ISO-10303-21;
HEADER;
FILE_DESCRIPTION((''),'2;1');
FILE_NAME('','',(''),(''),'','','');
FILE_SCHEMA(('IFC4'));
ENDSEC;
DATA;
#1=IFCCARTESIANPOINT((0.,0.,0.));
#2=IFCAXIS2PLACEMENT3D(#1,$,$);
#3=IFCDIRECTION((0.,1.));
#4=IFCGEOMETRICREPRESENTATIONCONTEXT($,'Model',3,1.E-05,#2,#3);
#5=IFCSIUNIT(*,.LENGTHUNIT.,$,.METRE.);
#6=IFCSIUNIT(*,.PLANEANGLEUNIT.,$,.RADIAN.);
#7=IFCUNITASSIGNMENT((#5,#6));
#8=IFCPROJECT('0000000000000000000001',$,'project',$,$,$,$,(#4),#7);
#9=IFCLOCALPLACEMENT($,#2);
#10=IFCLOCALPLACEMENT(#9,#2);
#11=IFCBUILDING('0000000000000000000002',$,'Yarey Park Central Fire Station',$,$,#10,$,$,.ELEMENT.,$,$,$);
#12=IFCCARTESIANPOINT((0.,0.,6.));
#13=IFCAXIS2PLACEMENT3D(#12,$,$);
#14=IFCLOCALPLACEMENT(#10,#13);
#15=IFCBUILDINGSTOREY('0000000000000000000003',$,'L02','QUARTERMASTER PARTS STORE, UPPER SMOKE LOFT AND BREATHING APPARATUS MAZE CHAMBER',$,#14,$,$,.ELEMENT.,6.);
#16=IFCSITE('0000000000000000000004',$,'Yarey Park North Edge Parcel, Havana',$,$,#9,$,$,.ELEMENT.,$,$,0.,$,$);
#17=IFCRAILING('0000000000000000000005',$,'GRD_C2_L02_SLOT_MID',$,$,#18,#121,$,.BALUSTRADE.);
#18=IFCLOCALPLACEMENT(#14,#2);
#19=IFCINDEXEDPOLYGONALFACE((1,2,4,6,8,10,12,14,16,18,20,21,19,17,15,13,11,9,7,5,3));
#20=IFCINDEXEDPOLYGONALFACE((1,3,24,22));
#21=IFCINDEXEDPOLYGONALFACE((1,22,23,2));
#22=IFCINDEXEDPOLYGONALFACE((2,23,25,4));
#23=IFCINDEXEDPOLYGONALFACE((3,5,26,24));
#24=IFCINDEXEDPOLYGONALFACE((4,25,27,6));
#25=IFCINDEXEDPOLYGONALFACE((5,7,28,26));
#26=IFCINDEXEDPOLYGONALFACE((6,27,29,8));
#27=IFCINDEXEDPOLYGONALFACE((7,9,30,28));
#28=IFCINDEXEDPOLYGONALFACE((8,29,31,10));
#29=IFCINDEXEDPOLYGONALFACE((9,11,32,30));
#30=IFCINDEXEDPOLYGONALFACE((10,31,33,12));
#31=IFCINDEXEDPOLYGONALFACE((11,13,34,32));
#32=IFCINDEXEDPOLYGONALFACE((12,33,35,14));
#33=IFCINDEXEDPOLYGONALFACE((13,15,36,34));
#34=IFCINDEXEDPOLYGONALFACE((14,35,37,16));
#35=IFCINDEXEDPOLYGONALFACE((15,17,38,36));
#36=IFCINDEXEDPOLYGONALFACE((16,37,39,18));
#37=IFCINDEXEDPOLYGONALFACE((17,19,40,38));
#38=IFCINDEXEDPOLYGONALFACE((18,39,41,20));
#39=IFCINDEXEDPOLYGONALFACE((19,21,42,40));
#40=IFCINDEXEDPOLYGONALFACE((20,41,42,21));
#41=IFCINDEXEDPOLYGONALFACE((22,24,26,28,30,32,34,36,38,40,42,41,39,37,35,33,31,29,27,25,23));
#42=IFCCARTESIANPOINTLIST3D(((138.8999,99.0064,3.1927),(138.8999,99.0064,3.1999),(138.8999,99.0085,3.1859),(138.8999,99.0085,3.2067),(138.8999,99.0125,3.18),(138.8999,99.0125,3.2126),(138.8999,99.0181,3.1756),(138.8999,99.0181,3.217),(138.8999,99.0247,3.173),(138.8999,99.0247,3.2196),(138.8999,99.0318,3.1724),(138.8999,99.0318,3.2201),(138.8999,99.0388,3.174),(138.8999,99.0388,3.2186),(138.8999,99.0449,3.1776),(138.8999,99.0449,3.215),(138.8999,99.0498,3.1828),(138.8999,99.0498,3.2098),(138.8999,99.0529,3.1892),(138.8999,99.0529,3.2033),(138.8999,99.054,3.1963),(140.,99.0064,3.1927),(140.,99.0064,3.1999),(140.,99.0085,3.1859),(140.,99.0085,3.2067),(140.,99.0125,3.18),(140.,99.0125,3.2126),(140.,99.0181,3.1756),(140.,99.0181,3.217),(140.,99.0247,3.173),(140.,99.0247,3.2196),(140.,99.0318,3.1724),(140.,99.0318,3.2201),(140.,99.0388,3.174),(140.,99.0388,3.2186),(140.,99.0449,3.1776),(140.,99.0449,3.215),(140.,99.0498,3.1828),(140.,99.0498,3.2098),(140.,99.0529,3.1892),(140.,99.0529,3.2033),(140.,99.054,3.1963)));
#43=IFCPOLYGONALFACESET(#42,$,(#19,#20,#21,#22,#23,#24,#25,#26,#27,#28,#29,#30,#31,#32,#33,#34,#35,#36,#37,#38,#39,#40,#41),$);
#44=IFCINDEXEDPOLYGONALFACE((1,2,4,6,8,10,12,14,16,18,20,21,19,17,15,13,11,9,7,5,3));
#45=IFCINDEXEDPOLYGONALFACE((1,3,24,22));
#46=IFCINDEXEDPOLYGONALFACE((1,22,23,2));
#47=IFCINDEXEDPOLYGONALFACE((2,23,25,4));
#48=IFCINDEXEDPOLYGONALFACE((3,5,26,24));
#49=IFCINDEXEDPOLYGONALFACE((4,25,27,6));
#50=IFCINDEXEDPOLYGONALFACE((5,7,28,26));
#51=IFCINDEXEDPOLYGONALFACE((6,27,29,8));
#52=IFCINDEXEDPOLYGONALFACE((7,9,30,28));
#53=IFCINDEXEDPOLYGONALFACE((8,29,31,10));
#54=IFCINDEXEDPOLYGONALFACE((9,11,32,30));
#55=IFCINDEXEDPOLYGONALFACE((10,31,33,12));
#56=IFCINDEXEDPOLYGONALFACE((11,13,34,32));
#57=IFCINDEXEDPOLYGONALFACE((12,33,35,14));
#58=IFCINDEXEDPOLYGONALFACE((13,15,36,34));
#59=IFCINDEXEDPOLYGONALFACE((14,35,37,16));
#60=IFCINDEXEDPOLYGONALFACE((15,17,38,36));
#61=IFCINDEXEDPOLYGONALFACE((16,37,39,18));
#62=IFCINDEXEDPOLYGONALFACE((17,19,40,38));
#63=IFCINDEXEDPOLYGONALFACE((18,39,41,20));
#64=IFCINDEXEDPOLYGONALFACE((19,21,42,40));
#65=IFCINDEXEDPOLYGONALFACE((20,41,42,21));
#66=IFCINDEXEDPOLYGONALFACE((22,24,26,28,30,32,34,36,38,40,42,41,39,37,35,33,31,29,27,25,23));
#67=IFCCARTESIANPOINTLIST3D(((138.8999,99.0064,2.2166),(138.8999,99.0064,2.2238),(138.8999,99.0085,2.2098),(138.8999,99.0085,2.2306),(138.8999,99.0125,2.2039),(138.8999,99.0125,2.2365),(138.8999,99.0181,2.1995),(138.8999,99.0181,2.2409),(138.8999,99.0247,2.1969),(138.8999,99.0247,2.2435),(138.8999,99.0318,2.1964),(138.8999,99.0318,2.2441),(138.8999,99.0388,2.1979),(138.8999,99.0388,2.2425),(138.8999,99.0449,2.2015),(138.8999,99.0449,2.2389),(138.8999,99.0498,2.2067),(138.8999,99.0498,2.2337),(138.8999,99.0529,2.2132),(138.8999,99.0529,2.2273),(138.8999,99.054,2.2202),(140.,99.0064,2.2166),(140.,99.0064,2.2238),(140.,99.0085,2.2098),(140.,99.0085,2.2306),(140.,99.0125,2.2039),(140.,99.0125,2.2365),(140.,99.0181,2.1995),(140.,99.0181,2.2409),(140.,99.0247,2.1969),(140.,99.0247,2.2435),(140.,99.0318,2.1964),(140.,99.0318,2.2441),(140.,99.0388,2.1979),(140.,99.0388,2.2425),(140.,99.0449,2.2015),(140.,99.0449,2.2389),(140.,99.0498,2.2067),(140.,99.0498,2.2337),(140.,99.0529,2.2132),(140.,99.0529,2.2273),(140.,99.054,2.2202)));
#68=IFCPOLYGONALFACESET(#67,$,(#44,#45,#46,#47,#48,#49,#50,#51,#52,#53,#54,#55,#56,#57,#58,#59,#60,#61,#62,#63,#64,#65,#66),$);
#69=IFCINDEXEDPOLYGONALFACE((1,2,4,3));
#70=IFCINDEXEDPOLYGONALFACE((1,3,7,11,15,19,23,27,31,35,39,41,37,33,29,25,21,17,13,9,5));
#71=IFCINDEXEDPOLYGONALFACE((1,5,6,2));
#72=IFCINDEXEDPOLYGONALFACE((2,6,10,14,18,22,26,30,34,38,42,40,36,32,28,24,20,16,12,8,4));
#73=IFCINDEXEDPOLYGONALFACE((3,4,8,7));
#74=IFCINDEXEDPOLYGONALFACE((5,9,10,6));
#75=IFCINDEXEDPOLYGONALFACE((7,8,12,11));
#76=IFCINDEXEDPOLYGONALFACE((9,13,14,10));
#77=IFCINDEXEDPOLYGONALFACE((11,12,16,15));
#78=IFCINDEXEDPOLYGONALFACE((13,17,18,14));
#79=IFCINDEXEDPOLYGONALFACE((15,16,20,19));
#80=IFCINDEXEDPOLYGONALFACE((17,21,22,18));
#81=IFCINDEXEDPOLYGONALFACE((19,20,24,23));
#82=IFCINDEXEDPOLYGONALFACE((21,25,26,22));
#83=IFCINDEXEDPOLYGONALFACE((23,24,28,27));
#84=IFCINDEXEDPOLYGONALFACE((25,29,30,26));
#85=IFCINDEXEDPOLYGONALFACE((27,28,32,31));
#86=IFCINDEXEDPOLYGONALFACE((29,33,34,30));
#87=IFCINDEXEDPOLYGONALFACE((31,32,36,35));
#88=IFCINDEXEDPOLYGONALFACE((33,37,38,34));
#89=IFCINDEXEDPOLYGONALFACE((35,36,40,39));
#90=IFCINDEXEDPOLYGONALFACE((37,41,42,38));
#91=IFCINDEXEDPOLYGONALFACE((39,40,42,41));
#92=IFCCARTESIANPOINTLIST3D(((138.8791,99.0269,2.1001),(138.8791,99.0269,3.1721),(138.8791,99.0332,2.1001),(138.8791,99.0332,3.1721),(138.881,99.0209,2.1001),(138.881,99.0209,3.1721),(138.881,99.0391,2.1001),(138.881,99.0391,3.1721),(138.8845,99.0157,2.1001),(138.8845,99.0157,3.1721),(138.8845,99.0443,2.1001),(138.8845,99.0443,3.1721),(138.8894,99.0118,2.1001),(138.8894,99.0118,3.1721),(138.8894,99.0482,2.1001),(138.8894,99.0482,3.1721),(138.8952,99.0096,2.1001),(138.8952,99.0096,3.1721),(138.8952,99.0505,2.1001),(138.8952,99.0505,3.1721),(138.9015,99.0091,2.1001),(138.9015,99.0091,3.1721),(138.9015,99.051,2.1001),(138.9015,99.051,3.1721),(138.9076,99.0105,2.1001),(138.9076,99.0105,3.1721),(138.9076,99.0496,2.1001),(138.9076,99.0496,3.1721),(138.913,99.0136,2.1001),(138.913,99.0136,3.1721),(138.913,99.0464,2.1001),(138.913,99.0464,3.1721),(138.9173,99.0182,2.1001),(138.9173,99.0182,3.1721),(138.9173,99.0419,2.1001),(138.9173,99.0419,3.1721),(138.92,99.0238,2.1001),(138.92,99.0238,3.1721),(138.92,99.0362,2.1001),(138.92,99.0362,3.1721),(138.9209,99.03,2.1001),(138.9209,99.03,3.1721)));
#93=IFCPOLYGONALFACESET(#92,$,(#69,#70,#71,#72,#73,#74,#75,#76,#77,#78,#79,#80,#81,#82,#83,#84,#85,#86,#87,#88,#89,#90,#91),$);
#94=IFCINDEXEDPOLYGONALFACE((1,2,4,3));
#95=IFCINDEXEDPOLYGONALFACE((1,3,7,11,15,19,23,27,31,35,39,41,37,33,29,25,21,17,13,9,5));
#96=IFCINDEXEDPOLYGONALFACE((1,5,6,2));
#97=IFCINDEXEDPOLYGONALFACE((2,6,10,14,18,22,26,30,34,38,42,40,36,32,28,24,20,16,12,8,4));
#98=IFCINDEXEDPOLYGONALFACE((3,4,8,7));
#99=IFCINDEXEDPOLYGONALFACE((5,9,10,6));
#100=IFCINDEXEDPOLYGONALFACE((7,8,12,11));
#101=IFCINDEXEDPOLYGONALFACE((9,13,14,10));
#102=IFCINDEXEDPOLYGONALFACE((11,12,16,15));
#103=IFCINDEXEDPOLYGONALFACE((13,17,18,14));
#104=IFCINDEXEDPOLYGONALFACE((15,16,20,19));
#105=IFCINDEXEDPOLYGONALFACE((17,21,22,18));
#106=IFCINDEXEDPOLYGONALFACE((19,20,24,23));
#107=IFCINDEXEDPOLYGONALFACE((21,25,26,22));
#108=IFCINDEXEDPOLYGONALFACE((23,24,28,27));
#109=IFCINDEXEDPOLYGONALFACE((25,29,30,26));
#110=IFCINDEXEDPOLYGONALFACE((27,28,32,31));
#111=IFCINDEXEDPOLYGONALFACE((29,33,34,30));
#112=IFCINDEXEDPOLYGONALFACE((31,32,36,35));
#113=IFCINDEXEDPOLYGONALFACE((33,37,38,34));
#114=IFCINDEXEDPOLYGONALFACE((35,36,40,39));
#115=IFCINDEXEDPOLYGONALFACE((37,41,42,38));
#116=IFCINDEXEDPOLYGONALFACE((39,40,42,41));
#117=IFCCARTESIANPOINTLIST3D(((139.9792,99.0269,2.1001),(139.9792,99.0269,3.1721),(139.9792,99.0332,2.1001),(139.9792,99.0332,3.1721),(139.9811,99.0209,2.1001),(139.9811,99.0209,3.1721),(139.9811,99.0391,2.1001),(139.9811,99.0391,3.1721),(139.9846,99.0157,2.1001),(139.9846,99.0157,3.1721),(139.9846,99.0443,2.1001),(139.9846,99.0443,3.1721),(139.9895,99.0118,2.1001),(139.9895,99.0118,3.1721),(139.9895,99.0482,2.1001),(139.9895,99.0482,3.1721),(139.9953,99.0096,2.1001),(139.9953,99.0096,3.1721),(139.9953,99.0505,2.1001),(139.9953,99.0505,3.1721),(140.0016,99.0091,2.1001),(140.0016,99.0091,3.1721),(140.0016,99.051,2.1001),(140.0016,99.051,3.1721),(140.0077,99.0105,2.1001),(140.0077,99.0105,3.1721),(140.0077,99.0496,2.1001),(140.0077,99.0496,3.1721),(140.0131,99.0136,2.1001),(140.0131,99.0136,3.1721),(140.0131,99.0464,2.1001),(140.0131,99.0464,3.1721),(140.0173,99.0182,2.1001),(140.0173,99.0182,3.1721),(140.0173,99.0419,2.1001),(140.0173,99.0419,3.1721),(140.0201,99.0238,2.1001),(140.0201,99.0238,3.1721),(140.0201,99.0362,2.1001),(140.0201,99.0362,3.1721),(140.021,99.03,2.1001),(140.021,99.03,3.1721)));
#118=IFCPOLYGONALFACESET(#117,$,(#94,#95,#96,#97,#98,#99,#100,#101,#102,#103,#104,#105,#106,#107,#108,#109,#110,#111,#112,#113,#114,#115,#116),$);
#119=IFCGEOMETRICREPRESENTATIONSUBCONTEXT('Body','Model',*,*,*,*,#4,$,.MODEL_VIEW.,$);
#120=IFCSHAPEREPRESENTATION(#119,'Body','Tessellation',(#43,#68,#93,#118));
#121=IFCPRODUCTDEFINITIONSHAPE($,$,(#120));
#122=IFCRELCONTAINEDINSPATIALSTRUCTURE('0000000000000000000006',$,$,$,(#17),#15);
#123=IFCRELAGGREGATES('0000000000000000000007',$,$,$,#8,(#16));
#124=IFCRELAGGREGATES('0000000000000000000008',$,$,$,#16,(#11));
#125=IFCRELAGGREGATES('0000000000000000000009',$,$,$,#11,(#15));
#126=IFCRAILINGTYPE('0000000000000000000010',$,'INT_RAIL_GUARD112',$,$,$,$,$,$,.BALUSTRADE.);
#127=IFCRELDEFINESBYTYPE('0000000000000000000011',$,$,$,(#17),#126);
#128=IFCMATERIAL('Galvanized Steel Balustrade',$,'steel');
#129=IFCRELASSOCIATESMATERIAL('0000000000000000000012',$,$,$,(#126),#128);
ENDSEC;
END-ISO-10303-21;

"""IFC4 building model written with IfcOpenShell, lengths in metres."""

from ifc_helpers import new_model, si_unit, direction, frame, origin, origin_2d, place, context, subcontext, project, spatial, circle, extrude, material, type_object, element, save


model = new_model("IFC4")

# Units and contexts
model_context = context("Model", 3, precision=1e-05, world=origin(), true_north=direction((0.0, 1.0)))
body_context = subcontext(model_context, "Body", "Model", "MODEL_VIEW")
ifc_project = project(units=[si_unit("LENGTHUNIT", "METRE"), si_unit("PLANEANGLEUNIT", "RADIAN")], contexts=[model_context])

# Site, building, storey
site_placement = place(None, origin())
site = spatial("IfcSite", under=ifc_project, at=site_placement, Name="Yarey Park North Edge Parcel, Havana", CompositionType="ELEMENT", RefElevation=0.0)
building_placement = place(site_placement, origin())
building = spatial("IfcBuilding", under=site, at=building_placement, Name="Yarey Park Central Fire Station", CompositionType="ELEMENT")
storey_placement = place(building_placement, frame((0.0, 0.0, 6.0)))
storey = spatial("IfcBuildingStorey", under=building, at=storey_placement, Name="L02", Description="QUARTERMASTER PARTS STORE, UPPER SMOKE LOFT AND BREATHING APPARATUS MAZE CHAMBER", CompositionType="ELEMENT", Elevation=6.0)

# Railing
ifc_material_1 = material(Name="Galvanized Steel Balustrade", Category="steel")
railing_type = type_object("IfcRailingType", Name="INT_RAIL_GUARD112", PredefinedType="BALUSTRADE", material=ifc_material_1)
railing_1_placement = place(storey_placement, frame((138.8999, 99.03, 2.1001)))
element("IfcRailing", 1, at=railing_1_placement, inside=storey, type_object=railing_type, Name="GRD_C2_L02_SLOT_MID", PredefinedType="BALUSTRADE", context=body_context, shape_type="SweptSolid", body=[
    extrude(circle(Radius=0.0239, at=origin_2d()), frame((0.0, 0.0, 1.0962), z_axis=(1.0, 0.0, 0.0), x_axis=(0.0, 1.0, 0.0)), (0.0, 0.0, 1.0), 1.1001),
    extrude(circle(Radius=0.0239, at=origin_2d()), frame((0.0, 0.0, 0.1201), z_axis=(1.0, 0.0, 0.0), x_axis=(0.0, 1.0, 0.0)), (0.0, 0.0, 1.0), 1.1001),
    extrude(circle(Radius=0.021, at=origin_2d()), origin(), (0.0, 0.0, 1.0), 1.072),
    extrude(circle(Radius=0.021, at=origin_2d()), frame((1.1001, 0.0, 0.0)), (0.0, 0.0, 1.0), 1.072),
])

save(model, "model.ifc")
